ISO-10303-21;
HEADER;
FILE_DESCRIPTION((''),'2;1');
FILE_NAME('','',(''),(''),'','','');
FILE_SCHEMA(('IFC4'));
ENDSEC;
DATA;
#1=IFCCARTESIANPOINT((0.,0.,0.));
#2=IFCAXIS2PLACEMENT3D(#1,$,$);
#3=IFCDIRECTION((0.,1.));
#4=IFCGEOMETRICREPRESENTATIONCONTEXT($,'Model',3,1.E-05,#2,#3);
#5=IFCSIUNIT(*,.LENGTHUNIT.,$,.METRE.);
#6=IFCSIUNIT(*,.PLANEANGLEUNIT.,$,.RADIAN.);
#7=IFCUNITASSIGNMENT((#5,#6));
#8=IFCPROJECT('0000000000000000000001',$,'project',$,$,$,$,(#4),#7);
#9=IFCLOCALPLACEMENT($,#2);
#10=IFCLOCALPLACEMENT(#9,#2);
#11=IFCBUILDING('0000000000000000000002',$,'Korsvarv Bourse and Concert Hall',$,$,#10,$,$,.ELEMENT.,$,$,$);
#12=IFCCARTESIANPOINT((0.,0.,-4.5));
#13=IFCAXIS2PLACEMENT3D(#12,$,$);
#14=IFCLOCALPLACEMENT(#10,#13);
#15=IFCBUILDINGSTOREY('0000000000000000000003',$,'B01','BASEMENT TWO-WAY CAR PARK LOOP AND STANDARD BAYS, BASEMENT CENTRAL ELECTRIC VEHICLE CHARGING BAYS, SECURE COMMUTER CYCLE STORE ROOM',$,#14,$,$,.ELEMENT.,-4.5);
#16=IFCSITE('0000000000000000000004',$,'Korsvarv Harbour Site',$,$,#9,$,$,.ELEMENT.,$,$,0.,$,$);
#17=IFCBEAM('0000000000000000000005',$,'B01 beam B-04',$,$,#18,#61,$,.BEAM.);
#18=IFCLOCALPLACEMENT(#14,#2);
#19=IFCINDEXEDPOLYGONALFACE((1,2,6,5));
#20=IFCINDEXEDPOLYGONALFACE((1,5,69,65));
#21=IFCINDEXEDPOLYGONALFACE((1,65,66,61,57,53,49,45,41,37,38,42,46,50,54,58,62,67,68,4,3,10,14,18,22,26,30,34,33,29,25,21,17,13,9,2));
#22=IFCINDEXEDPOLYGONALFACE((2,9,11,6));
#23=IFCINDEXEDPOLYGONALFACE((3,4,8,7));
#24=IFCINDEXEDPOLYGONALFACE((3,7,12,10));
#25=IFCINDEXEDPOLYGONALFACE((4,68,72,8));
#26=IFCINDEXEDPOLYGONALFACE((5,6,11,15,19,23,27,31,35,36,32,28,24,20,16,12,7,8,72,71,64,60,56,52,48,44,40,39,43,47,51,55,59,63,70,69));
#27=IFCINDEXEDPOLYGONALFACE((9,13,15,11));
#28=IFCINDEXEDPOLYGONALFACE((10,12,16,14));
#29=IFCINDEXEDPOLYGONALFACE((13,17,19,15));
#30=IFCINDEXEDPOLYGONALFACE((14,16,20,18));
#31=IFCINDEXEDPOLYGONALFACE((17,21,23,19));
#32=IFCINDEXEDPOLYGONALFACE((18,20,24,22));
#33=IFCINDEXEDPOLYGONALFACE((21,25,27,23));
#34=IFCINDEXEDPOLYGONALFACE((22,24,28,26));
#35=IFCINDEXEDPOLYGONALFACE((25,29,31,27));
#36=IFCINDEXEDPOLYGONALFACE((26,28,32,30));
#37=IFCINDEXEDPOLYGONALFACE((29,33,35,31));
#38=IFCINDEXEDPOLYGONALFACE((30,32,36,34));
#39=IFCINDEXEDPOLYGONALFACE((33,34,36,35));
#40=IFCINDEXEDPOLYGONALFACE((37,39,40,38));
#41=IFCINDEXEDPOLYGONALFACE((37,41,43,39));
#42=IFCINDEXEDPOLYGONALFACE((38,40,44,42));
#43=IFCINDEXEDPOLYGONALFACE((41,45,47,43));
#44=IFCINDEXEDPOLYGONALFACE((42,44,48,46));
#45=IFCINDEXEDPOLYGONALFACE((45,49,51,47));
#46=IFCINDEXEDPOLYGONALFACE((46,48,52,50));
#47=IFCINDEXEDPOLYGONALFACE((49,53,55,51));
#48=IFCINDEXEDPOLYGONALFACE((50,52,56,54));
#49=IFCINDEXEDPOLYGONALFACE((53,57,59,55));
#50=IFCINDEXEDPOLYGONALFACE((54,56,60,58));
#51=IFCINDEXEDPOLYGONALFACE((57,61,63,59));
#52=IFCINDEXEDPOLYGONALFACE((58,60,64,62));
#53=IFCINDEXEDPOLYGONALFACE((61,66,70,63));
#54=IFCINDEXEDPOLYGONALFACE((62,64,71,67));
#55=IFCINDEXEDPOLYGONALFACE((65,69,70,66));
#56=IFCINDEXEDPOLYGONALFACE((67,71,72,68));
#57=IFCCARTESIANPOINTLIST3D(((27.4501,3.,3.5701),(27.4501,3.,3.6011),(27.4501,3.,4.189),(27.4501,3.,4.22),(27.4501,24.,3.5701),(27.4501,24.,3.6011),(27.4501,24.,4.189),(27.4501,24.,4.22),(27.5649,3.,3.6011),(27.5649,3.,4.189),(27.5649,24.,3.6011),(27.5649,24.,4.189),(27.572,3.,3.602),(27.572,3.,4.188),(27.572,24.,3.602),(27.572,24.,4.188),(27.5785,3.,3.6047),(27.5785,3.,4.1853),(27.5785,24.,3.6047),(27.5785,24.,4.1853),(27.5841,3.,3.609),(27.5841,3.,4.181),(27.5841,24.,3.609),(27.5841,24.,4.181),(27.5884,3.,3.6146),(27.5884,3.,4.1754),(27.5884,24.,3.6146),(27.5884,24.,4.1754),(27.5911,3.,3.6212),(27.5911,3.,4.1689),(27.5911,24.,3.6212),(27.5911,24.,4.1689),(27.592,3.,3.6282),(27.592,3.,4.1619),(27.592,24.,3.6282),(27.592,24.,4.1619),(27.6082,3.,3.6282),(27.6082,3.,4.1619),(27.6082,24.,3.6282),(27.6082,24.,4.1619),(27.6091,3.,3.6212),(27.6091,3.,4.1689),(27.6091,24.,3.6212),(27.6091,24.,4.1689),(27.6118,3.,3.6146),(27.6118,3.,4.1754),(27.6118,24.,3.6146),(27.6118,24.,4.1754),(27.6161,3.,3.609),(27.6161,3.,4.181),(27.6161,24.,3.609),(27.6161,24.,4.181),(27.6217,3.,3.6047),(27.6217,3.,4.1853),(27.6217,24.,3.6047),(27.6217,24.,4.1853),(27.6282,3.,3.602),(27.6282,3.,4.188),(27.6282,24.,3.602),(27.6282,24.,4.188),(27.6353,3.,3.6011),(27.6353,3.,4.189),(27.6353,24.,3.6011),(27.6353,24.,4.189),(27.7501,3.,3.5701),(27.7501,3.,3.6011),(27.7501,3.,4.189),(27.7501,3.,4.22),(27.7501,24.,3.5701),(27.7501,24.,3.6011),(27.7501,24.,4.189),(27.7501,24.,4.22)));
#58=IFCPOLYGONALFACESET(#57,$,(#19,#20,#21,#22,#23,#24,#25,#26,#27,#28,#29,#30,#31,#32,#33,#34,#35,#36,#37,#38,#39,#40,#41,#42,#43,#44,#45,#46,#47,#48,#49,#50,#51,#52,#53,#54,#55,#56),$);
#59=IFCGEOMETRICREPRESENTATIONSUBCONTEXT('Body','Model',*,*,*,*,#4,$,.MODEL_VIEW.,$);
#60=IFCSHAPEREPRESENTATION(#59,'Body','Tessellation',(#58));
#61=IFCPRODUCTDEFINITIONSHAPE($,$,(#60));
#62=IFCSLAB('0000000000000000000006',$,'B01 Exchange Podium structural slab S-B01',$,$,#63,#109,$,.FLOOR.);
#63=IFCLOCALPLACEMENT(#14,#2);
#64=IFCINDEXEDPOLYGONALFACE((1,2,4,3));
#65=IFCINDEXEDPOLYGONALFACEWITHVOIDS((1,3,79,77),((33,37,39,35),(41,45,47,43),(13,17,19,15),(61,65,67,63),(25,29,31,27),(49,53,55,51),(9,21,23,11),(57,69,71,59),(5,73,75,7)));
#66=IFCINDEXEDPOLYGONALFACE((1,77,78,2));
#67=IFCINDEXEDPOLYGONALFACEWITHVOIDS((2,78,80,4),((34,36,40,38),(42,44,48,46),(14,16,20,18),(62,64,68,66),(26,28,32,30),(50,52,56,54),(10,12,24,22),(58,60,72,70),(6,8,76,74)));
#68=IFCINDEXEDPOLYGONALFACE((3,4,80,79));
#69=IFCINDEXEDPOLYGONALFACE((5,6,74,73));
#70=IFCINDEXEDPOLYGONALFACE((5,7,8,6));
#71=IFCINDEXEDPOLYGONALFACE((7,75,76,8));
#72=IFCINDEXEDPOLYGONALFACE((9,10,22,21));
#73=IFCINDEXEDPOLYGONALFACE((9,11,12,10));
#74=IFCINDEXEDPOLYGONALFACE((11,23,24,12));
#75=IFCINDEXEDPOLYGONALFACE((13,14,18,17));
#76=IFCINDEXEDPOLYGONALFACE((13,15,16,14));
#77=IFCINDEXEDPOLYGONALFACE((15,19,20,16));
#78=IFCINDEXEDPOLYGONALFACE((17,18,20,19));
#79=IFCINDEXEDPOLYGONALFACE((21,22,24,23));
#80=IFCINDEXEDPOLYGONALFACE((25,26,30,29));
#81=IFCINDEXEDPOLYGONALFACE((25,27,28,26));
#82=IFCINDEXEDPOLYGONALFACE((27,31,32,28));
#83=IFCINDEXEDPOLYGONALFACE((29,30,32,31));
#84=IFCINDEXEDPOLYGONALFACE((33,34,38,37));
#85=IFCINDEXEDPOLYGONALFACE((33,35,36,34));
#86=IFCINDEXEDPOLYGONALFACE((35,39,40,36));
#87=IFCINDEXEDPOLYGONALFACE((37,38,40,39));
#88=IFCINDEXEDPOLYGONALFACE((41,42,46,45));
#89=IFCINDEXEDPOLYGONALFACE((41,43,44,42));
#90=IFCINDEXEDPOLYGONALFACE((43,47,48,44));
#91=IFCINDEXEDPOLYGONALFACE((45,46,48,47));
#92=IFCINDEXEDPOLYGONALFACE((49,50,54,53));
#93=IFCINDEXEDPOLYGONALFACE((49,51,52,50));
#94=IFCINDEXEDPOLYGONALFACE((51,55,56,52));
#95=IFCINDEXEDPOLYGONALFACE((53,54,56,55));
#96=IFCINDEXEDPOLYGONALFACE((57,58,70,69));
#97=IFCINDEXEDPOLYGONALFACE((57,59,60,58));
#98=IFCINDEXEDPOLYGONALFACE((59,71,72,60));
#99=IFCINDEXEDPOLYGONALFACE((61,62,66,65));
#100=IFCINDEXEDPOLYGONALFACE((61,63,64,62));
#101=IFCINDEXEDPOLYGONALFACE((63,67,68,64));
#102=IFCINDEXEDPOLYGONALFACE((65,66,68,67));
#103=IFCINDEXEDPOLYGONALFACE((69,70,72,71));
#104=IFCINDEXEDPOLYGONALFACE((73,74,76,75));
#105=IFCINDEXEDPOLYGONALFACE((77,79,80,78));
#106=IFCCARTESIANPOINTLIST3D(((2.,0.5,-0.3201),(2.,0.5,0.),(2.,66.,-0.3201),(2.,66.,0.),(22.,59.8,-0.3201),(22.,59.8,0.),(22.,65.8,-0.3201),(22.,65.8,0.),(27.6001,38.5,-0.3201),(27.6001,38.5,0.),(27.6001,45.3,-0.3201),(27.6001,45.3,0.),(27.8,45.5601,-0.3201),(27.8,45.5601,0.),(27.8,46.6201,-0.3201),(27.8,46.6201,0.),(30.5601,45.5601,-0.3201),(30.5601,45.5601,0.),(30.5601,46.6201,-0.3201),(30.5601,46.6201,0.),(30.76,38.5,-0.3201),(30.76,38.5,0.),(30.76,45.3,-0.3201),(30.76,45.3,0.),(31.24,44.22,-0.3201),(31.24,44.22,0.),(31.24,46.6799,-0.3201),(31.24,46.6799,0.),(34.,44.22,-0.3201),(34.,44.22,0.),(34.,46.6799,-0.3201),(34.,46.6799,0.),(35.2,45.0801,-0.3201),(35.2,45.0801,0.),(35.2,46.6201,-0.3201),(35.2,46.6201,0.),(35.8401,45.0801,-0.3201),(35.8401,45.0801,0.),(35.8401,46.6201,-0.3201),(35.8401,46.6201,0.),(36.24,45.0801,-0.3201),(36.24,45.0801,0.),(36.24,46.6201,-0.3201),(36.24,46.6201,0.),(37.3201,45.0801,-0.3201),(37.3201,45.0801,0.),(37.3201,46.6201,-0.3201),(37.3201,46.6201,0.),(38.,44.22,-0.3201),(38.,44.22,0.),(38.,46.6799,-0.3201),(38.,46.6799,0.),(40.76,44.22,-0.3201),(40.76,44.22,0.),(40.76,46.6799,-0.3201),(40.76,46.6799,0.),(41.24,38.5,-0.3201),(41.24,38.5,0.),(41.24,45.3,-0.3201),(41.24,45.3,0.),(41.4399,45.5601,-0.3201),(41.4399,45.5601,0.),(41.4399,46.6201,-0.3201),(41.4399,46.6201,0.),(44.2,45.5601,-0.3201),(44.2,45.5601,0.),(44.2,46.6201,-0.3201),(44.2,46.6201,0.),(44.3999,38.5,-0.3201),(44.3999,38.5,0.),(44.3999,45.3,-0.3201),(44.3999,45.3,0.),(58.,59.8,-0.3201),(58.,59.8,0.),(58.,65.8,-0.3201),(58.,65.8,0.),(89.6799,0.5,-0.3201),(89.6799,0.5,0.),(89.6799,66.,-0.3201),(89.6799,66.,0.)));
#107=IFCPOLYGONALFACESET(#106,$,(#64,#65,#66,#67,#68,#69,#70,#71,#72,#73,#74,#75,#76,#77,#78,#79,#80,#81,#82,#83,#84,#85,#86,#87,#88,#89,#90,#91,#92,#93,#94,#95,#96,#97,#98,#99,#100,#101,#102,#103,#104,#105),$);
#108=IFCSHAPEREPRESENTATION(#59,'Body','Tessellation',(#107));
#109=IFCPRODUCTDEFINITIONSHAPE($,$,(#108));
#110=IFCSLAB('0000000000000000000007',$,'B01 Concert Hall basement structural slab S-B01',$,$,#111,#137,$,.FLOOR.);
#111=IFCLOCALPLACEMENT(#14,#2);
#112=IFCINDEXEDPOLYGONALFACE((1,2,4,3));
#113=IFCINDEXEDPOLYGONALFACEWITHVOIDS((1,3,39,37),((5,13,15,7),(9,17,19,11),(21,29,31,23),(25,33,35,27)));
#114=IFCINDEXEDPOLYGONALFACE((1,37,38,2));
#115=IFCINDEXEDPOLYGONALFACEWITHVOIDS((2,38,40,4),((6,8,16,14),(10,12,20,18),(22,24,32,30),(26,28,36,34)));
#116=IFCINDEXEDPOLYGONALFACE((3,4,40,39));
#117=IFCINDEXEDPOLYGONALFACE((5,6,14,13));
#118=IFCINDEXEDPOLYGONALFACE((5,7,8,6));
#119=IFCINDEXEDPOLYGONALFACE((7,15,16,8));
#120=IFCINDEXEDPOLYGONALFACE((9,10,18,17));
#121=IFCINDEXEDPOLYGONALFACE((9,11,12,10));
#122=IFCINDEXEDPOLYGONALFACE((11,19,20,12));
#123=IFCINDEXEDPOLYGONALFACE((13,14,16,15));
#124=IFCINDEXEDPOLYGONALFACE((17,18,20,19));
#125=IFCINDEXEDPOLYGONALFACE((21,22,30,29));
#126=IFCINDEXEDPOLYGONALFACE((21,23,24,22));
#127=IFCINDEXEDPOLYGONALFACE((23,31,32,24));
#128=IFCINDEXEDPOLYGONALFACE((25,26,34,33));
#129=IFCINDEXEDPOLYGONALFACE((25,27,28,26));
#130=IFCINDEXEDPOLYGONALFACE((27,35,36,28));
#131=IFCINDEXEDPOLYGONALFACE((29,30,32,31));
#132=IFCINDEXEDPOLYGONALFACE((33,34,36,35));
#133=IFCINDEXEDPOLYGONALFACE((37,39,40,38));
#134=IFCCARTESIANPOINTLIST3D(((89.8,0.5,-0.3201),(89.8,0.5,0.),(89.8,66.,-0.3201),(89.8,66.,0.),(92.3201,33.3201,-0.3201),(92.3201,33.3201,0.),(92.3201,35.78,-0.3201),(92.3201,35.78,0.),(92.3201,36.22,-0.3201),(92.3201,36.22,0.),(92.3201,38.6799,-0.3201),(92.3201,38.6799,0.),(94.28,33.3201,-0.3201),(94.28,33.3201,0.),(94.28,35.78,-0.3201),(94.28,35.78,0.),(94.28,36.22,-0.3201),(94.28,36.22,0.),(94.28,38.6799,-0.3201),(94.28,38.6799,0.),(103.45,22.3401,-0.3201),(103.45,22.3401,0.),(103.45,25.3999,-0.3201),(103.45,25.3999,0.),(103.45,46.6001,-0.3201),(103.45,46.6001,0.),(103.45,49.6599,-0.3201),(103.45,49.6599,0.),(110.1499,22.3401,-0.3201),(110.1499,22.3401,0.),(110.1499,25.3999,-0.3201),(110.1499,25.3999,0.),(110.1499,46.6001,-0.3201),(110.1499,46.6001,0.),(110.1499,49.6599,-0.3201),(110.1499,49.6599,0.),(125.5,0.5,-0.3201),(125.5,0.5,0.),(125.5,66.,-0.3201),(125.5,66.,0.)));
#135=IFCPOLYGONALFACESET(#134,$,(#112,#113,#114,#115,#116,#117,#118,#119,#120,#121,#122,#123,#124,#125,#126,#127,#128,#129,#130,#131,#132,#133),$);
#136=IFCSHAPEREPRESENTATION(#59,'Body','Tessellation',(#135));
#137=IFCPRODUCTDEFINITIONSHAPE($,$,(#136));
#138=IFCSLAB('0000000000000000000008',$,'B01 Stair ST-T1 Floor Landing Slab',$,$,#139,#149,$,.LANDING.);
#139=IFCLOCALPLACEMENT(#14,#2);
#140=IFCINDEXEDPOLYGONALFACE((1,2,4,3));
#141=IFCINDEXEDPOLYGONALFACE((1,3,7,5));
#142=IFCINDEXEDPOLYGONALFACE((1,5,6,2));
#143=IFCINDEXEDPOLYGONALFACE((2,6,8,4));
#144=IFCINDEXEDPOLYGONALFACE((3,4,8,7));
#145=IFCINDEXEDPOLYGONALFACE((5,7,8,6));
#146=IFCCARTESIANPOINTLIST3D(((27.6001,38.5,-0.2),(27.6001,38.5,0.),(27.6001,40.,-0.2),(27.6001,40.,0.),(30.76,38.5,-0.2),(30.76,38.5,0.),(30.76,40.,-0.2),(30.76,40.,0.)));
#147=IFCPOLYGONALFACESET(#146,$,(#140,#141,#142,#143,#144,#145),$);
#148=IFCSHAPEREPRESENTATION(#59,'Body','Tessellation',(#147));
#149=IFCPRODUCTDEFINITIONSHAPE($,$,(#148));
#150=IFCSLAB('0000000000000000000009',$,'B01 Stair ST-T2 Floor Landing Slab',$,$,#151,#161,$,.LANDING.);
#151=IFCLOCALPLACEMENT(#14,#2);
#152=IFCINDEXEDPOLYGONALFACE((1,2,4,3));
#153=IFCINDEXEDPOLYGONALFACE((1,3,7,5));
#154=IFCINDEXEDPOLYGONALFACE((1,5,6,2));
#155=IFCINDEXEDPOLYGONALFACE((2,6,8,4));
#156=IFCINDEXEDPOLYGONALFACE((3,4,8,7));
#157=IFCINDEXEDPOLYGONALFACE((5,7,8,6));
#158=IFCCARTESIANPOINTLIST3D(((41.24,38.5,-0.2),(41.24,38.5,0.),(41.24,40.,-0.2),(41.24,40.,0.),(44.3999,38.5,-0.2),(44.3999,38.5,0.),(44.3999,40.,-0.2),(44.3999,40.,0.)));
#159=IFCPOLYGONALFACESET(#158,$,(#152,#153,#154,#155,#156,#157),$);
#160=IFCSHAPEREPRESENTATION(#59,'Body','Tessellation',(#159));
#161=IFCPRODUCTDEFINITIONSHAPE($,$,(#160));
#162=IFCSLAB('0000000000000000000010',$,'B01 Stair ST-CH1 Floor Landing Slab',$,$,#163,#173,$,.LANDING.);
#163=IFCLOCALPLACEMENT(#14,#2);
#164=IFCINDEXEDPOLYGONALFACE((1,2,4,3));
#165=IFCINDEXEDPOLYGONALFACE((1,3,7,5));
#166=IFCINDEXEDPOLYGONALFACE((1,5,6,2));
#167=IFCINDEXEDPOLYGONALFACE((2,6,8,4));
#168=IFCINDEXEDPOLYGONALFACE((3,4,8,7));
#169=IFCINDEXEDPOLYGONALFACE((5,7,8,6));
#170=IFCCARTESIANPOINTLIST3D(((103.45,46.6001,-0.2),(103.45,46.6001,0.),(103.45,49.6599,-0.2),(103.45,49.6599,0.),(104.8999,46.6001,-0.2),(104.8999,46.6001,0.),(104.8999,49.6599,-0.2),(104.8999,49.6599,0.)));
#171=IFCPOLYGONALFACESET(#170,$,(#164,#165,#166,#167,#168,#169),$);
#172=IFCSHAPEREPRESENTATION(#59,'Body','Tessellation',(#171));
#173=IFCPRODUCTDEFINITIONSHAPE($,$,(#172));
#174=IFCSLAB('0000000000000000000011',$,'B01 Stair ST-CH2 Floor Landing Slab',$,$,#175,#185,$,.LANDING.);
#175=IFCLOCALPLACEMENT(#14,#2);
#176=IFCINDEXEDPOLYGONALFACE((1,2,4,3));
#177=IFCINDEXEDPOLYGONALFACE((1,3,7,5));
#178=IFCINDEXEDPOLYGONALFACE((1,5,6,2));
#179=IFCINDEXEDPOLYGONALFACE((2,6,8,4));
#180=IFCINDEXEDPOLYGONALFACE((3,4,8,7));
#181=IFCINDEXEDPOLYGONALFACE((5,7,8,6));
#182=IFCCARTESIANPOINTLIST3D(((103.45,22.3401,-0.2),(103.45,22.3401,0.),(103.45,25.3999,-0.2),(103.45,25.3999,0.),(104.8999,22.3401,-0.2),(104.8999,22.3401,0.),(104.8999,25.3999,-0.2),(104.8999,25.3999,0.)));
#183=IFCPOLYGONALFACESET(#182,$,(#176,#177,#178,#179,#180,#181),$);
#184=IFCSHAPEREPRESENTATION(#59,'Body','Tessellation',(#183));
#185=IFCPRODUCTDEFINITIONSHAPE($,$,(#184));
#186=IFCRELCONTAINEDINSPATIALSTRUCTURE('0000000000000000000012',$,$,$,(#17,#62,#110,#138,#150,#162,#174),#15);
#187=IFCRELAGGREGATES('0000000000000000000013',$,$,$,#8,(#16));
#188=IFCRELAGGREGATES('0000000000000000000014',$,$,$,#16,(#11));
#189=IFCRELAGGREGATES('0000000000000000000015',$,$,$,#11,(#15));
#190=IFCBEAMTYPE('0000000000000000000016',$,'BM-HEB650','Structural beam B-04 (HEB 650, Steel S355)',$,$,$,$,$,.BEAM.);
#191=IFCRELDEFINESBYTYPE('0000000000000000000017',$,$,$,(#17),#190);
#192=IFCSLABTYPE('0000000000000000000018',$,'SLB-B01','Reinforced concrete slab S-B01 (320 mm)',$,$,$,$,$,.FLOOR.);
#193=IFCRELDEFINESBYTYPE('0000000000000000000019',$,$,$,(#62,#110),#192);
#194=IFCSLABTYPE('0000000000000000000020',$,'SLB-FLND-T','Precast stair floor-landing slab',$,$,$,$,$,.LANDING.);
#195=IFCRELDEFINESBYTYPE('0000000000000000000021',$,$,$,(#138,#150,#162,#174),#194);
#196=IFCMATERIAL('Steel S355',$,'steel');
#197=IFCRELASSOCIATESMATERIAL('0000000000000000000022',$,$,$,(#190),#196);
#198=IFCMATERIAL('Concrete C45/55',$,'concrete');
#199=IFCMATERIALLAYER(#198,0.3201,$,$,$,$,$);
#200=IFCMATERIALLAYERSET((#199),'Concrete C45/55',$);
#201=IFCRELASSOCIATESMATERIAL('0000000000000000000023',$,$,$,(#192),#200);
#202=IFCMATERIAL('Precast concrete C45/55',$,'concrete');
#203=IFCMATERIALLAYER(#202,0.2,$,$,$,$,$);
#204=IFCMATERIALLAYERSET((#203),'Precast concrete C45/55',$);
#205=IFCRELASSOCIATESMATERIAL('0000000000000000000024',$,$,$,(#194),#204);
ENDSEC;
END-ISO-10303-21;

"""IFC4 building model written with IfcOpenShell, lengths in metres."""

from ifc_helpers import new_model, si_unit, direction, frame, origin, origin_2d, place, context, subcontext, project, spatial, polyline, i_section, outline, extrude, source, transform, mapped, material, layer, layer_set, material_profile, profile_set, type_object, element, save


model = new_model("IFC4")

# Units and contexts
model_context = context("Model", 3, precision=1e-05, world=origin(), true_north=direction((0.0, 1.0)))
body_context = subcontext(model_context, "Body", "Model", "MODEL_VIEW")
ifc_project = project(units=[si_unit("LENGTHUNIT", "METRE"), si_unit("PLANEANGLEUNIT", "RADIAN")], contexts=[model_context])

# Site, building, storey
site_placement = place(None, origin())
site = spatial("IfcSite", under=ifc_project, at=site_placement, Name="Korsvarv Harbour Site", CompositionType="ELEMENT", RefElevation=0.0)
building_placement = place(site_placement, origin())
building = spatial("IfcBuilding", under=site, at=building_placement, Name="Korsvarv Bourse and Concert Hall", CompositionType="ELEMENT")
storey_placement = place(building_placement, frame((0.0, 0.0, -4.5)))
storey = spatial("IfcBuildingStorey", under=building, at=storey_placement, Name="B01", Description="BASEMENT TWO-WAY CAR PARK LOOP AND STANDARD BAYS, BASEMENT CENTRAL ELECTRIC VEHICLE CHARGING BAYS, SECURE COMMUTER CYCLE STORE ROOM", CompositionType="ELEMENT", Elevation=-4.5)

# Beam
ifc_material_1 = material(Name="Steel S355", Category="steel")
ifc_material_profile_1 = material_profile(ifc_material_1, i_section(OverallWidth=0.3, OverallDepth=0.6499, WebThickness=0.0161, FlangeThickness=0.031, FilletRadius=0.0271, at=origin_2d()), Name="HEB 650")
ifc_profile_set_1 = profile_set([ifc_material_profile_1], Name="Steel S355")
beam_type_1 = type_object("IfcBeamType", Name="BM-HEB650", Description="Structural beam B-04 (HEB 650, Steel S355)", PredefinedType="BEAM", material=ifc_profile_set_1)
shared_shape_1 = source(origin(), body_context, "Body", "SweptSolid", [
    extrude(i_section(OverallWidth=0.3, OverallDepth=0.6499, WebThickness=0.0161, FlangeThickness=0.031, FilletRadius=0.0271, at=origin_2d()), origin(), (0.0, 0.0, 1.0), 21.0),
])
beam_1_placement = place(storey_placement, frame((27.6001, 3.0, 3.895), z_axis=(0.0, 1.0, 0.0), x_axis=(-1.0, 0.0, 0.0)))
element("IfcBeam", 1, at=beam_1_placement, inside=storey, type_object=beam_type_1, Name="B01 beam B-04", PredefinedType="BEAM", context=body_context, shape_type="MappedRepresentation", body=[
    mapped(shared_shape_1, transform((0.0, 0.0, 0.0), scale=1.0)),
])

# Slabs
ifc_material_2 = material(Name="Concrete C45/55", Category="concrete")
ifc_layer_1 = layer(ifc_material_2, 0.3201)
ifc_layer_set_1 = layer_set([ifc_layer_1], Name="Concrete C45/55")
slab_type_1 = type_object("IfcSlabType", Name="SLB-B01", Description="Reinforced concrete slab S-B01 (320 mm)", PredefinedType="FLOOR", material=ifc_layer_set_1)
slab_1_placement = place(storey_placement, frame((0.0, 0.0, -0.3201)))
element("IfcSlab", 2, at=slab_1_placement, inside=storey, type_object=slab_type_1, Name="B01 Exchange Podium structural slab S-B01", PredefinedType="FLOOR", context=body_context, shape_type="SweptSolid", body=[
    extrude(outline(polyline([(2.0, 0.5), (89.6799, 0.5), (89.6799, 66.0), (2.0, 66.0), (2.0, 0.5)]), holes=[polyline([(30.76, 38.5), (30.76, 45.3), (27.6001, 45.3), (27.6001, 38.5), (30.76, 38.5)]), polyline([(44.3999, 38.5), (44.3999, 45.3), (41.24, 45.3), (41.24, 38.5), (44.3999, 38.5)]), polyline([(31.24, 44.22), (34.0, 44.22), (34.0, 46.6799), (31.24, 46.6799), (31.24, 44.22)]), polyline([(38.0, 44.22), (40.76, 44.22), (40.76, 46.6799), (38.0, 46.6799), (38.0, 44.22)]), polyline([(27.8, 45.5601), (30.5601, 45.5601), (30.5601, 46.6201), (27.8, 46.6201), (27.8, 45.5601)]), polyline([(41.4399, 45.5601), (44.2, 45.5601), (44.2, 46.6201), (41.4399, 46.6201), (41.4399, 45.5601)]), polyline([(35.2, 45.0801), (35.8401, 45.0801), (35.8401, 46.6201), (35.2, 46.6201), (35.2, 45.0801)]), polyline([(36.24, 45.0801), (37.3201, 45.0801), (37.3201, 46.6201), (36.24, 46.6201), (36.24, 45.0801)]), polyline([(22.0, 59.8), (58.0, 59.8), (58.0, 65.8), (22.0, 65.8), (22.0, 59.8)])]), origin(), (0.0, 0.0, 1.0), 0.3201),
])
slab_2_placement = place(storey_placement, frame((0.0, 0.0, -0.3201)))
element("IfcSlab", 3, at=slab_2_placement, inside=storey, type_object=slab_type_1, Name="B01 Concert Hall basement structural slab S-B01", PredefinedType="FLOOR", context=body_context, shape_type="SweptSolid", body=[
    extrude(outline(polyline([(89.8, 0.5), (125.5, 0.5), (125.5, 66.0), (89.8, 66.0), (89.8, 0.5)]), holes=[polyline([(103.45, 46.6001), (110.1499, 46.6001), (110.1499, 49.6599), (103.45, 49.6599), (103.45, 46.6001)]), polyline([(103.45, 22.3401), (110.1499, 22.3401), (110.1499, 25.3999), (103.45, 25.3999), (103.45, 22.3401)]), polyline([(92.3201, 36.22), (94.28, 36.22), (94.28, 38.6799), (92.3201, 38.6799), (92.3201, 36.22)]), polyline([(92.3201, 33.3201), (94.28, 33.3201), (94.28, 35.78), (92.3201, 35.78), (92.3201, 33.3201)])]), origin(), (0.0, 0.0, 1.0), 0.3201),
])
ifc_material_3 = material(Name="Precast concrete C45/55", Category="concrete")
ifc_layer_2 = layer(ifc_material_3, 0.2)
ifc_layer_set_2 = layer_set([ifc_layer_2], Name="Precast concrete C45/55")
slab_type_2 = type_object("IfcSlabType", Name="SLB-FLND-T", Description="Precast stair floor-landing slab", PredefinedType="LANDING", material=ifc_layer_set_2)
slab_3_placement = place(storey_placement, frame((0.0, 0.0, -0.2)))
element("IfcSlab", 4, at=slab_3_placement, inside=storey, type_object=slab_type_2, Name="B01 Stair ST-T1 Floor Landing Slab", PredefinedType="LANDING", context=body_context, shape_type="SweptSolid", body=[
    extrude(outline(polyline([(30.76, 38.5), (30.76, 40.0), (27.6001, 40.0), (27.6001, 38.5), (30.76, 38.5)])), origin(), (0.0, 0.0, 1.0), 0.2),
])
slab_4_placement = place(storey_placement, frame((0.0, 0.0, -0.2)))
element("IfcSlab", 5, at=slab_4_placement, inside=storey, type_object=slab_type_2, Name="B01 Stair ST-T2 Floor Landing Slab", PredefinedType="LANDING", context=body_context, shape_type="SweptSolid", body=[
    extrude(outline(polyline([(44.3999, 38.5), (44.3999, 40.0), (41.24, 40.0), (41.24, 38.5), (44.3999, 38.5)])), origin(), (0.0, 0.0, 1.0), 0.2),
])
slab_5_placement = place(storey_placement, frame((0.0, 0.0, -0.2)))
element("IfcSlab", 6, at=slab_5_placement, inside=storey, type_object=slab_type_2, Name="B01 Stair ST-CH1 Floor Landing Slab", PredefinedType="LANDING", context=body_context, shape_type="SweptSolid", body=[
    extrude(outline(polyline([(103.45, 46.6001), (104.8999, 46.6001), (104.8999, 49.6599), (103.45, 49.6599), (103.45, 46.6001)])), origin(), (0.0, 0.0, 1.0), 0.2),
])
slab_6_placement = place(storey_placement, frame((0.0, 0.0, -0.2)))
element("IfcSlab", 7, at=slab_6_placement, inside=storey, type_object=slab_type_2, Name="B01 Stair ST-CH2 Floor Landing Slab", PredefinedType="LANDING", context=body_context, shape_type="SweptSolid", body=[
    extrude(outline(polyline([(103.45, 22.3401), (104.8999, 22.3401), (104.8999, 25.3999), (103.45, 25.3999), (103.45, 22.3401)])), origin(), (0.0, 0.0, 1.0), 0.2),
])

save(model, "model.ifc")
